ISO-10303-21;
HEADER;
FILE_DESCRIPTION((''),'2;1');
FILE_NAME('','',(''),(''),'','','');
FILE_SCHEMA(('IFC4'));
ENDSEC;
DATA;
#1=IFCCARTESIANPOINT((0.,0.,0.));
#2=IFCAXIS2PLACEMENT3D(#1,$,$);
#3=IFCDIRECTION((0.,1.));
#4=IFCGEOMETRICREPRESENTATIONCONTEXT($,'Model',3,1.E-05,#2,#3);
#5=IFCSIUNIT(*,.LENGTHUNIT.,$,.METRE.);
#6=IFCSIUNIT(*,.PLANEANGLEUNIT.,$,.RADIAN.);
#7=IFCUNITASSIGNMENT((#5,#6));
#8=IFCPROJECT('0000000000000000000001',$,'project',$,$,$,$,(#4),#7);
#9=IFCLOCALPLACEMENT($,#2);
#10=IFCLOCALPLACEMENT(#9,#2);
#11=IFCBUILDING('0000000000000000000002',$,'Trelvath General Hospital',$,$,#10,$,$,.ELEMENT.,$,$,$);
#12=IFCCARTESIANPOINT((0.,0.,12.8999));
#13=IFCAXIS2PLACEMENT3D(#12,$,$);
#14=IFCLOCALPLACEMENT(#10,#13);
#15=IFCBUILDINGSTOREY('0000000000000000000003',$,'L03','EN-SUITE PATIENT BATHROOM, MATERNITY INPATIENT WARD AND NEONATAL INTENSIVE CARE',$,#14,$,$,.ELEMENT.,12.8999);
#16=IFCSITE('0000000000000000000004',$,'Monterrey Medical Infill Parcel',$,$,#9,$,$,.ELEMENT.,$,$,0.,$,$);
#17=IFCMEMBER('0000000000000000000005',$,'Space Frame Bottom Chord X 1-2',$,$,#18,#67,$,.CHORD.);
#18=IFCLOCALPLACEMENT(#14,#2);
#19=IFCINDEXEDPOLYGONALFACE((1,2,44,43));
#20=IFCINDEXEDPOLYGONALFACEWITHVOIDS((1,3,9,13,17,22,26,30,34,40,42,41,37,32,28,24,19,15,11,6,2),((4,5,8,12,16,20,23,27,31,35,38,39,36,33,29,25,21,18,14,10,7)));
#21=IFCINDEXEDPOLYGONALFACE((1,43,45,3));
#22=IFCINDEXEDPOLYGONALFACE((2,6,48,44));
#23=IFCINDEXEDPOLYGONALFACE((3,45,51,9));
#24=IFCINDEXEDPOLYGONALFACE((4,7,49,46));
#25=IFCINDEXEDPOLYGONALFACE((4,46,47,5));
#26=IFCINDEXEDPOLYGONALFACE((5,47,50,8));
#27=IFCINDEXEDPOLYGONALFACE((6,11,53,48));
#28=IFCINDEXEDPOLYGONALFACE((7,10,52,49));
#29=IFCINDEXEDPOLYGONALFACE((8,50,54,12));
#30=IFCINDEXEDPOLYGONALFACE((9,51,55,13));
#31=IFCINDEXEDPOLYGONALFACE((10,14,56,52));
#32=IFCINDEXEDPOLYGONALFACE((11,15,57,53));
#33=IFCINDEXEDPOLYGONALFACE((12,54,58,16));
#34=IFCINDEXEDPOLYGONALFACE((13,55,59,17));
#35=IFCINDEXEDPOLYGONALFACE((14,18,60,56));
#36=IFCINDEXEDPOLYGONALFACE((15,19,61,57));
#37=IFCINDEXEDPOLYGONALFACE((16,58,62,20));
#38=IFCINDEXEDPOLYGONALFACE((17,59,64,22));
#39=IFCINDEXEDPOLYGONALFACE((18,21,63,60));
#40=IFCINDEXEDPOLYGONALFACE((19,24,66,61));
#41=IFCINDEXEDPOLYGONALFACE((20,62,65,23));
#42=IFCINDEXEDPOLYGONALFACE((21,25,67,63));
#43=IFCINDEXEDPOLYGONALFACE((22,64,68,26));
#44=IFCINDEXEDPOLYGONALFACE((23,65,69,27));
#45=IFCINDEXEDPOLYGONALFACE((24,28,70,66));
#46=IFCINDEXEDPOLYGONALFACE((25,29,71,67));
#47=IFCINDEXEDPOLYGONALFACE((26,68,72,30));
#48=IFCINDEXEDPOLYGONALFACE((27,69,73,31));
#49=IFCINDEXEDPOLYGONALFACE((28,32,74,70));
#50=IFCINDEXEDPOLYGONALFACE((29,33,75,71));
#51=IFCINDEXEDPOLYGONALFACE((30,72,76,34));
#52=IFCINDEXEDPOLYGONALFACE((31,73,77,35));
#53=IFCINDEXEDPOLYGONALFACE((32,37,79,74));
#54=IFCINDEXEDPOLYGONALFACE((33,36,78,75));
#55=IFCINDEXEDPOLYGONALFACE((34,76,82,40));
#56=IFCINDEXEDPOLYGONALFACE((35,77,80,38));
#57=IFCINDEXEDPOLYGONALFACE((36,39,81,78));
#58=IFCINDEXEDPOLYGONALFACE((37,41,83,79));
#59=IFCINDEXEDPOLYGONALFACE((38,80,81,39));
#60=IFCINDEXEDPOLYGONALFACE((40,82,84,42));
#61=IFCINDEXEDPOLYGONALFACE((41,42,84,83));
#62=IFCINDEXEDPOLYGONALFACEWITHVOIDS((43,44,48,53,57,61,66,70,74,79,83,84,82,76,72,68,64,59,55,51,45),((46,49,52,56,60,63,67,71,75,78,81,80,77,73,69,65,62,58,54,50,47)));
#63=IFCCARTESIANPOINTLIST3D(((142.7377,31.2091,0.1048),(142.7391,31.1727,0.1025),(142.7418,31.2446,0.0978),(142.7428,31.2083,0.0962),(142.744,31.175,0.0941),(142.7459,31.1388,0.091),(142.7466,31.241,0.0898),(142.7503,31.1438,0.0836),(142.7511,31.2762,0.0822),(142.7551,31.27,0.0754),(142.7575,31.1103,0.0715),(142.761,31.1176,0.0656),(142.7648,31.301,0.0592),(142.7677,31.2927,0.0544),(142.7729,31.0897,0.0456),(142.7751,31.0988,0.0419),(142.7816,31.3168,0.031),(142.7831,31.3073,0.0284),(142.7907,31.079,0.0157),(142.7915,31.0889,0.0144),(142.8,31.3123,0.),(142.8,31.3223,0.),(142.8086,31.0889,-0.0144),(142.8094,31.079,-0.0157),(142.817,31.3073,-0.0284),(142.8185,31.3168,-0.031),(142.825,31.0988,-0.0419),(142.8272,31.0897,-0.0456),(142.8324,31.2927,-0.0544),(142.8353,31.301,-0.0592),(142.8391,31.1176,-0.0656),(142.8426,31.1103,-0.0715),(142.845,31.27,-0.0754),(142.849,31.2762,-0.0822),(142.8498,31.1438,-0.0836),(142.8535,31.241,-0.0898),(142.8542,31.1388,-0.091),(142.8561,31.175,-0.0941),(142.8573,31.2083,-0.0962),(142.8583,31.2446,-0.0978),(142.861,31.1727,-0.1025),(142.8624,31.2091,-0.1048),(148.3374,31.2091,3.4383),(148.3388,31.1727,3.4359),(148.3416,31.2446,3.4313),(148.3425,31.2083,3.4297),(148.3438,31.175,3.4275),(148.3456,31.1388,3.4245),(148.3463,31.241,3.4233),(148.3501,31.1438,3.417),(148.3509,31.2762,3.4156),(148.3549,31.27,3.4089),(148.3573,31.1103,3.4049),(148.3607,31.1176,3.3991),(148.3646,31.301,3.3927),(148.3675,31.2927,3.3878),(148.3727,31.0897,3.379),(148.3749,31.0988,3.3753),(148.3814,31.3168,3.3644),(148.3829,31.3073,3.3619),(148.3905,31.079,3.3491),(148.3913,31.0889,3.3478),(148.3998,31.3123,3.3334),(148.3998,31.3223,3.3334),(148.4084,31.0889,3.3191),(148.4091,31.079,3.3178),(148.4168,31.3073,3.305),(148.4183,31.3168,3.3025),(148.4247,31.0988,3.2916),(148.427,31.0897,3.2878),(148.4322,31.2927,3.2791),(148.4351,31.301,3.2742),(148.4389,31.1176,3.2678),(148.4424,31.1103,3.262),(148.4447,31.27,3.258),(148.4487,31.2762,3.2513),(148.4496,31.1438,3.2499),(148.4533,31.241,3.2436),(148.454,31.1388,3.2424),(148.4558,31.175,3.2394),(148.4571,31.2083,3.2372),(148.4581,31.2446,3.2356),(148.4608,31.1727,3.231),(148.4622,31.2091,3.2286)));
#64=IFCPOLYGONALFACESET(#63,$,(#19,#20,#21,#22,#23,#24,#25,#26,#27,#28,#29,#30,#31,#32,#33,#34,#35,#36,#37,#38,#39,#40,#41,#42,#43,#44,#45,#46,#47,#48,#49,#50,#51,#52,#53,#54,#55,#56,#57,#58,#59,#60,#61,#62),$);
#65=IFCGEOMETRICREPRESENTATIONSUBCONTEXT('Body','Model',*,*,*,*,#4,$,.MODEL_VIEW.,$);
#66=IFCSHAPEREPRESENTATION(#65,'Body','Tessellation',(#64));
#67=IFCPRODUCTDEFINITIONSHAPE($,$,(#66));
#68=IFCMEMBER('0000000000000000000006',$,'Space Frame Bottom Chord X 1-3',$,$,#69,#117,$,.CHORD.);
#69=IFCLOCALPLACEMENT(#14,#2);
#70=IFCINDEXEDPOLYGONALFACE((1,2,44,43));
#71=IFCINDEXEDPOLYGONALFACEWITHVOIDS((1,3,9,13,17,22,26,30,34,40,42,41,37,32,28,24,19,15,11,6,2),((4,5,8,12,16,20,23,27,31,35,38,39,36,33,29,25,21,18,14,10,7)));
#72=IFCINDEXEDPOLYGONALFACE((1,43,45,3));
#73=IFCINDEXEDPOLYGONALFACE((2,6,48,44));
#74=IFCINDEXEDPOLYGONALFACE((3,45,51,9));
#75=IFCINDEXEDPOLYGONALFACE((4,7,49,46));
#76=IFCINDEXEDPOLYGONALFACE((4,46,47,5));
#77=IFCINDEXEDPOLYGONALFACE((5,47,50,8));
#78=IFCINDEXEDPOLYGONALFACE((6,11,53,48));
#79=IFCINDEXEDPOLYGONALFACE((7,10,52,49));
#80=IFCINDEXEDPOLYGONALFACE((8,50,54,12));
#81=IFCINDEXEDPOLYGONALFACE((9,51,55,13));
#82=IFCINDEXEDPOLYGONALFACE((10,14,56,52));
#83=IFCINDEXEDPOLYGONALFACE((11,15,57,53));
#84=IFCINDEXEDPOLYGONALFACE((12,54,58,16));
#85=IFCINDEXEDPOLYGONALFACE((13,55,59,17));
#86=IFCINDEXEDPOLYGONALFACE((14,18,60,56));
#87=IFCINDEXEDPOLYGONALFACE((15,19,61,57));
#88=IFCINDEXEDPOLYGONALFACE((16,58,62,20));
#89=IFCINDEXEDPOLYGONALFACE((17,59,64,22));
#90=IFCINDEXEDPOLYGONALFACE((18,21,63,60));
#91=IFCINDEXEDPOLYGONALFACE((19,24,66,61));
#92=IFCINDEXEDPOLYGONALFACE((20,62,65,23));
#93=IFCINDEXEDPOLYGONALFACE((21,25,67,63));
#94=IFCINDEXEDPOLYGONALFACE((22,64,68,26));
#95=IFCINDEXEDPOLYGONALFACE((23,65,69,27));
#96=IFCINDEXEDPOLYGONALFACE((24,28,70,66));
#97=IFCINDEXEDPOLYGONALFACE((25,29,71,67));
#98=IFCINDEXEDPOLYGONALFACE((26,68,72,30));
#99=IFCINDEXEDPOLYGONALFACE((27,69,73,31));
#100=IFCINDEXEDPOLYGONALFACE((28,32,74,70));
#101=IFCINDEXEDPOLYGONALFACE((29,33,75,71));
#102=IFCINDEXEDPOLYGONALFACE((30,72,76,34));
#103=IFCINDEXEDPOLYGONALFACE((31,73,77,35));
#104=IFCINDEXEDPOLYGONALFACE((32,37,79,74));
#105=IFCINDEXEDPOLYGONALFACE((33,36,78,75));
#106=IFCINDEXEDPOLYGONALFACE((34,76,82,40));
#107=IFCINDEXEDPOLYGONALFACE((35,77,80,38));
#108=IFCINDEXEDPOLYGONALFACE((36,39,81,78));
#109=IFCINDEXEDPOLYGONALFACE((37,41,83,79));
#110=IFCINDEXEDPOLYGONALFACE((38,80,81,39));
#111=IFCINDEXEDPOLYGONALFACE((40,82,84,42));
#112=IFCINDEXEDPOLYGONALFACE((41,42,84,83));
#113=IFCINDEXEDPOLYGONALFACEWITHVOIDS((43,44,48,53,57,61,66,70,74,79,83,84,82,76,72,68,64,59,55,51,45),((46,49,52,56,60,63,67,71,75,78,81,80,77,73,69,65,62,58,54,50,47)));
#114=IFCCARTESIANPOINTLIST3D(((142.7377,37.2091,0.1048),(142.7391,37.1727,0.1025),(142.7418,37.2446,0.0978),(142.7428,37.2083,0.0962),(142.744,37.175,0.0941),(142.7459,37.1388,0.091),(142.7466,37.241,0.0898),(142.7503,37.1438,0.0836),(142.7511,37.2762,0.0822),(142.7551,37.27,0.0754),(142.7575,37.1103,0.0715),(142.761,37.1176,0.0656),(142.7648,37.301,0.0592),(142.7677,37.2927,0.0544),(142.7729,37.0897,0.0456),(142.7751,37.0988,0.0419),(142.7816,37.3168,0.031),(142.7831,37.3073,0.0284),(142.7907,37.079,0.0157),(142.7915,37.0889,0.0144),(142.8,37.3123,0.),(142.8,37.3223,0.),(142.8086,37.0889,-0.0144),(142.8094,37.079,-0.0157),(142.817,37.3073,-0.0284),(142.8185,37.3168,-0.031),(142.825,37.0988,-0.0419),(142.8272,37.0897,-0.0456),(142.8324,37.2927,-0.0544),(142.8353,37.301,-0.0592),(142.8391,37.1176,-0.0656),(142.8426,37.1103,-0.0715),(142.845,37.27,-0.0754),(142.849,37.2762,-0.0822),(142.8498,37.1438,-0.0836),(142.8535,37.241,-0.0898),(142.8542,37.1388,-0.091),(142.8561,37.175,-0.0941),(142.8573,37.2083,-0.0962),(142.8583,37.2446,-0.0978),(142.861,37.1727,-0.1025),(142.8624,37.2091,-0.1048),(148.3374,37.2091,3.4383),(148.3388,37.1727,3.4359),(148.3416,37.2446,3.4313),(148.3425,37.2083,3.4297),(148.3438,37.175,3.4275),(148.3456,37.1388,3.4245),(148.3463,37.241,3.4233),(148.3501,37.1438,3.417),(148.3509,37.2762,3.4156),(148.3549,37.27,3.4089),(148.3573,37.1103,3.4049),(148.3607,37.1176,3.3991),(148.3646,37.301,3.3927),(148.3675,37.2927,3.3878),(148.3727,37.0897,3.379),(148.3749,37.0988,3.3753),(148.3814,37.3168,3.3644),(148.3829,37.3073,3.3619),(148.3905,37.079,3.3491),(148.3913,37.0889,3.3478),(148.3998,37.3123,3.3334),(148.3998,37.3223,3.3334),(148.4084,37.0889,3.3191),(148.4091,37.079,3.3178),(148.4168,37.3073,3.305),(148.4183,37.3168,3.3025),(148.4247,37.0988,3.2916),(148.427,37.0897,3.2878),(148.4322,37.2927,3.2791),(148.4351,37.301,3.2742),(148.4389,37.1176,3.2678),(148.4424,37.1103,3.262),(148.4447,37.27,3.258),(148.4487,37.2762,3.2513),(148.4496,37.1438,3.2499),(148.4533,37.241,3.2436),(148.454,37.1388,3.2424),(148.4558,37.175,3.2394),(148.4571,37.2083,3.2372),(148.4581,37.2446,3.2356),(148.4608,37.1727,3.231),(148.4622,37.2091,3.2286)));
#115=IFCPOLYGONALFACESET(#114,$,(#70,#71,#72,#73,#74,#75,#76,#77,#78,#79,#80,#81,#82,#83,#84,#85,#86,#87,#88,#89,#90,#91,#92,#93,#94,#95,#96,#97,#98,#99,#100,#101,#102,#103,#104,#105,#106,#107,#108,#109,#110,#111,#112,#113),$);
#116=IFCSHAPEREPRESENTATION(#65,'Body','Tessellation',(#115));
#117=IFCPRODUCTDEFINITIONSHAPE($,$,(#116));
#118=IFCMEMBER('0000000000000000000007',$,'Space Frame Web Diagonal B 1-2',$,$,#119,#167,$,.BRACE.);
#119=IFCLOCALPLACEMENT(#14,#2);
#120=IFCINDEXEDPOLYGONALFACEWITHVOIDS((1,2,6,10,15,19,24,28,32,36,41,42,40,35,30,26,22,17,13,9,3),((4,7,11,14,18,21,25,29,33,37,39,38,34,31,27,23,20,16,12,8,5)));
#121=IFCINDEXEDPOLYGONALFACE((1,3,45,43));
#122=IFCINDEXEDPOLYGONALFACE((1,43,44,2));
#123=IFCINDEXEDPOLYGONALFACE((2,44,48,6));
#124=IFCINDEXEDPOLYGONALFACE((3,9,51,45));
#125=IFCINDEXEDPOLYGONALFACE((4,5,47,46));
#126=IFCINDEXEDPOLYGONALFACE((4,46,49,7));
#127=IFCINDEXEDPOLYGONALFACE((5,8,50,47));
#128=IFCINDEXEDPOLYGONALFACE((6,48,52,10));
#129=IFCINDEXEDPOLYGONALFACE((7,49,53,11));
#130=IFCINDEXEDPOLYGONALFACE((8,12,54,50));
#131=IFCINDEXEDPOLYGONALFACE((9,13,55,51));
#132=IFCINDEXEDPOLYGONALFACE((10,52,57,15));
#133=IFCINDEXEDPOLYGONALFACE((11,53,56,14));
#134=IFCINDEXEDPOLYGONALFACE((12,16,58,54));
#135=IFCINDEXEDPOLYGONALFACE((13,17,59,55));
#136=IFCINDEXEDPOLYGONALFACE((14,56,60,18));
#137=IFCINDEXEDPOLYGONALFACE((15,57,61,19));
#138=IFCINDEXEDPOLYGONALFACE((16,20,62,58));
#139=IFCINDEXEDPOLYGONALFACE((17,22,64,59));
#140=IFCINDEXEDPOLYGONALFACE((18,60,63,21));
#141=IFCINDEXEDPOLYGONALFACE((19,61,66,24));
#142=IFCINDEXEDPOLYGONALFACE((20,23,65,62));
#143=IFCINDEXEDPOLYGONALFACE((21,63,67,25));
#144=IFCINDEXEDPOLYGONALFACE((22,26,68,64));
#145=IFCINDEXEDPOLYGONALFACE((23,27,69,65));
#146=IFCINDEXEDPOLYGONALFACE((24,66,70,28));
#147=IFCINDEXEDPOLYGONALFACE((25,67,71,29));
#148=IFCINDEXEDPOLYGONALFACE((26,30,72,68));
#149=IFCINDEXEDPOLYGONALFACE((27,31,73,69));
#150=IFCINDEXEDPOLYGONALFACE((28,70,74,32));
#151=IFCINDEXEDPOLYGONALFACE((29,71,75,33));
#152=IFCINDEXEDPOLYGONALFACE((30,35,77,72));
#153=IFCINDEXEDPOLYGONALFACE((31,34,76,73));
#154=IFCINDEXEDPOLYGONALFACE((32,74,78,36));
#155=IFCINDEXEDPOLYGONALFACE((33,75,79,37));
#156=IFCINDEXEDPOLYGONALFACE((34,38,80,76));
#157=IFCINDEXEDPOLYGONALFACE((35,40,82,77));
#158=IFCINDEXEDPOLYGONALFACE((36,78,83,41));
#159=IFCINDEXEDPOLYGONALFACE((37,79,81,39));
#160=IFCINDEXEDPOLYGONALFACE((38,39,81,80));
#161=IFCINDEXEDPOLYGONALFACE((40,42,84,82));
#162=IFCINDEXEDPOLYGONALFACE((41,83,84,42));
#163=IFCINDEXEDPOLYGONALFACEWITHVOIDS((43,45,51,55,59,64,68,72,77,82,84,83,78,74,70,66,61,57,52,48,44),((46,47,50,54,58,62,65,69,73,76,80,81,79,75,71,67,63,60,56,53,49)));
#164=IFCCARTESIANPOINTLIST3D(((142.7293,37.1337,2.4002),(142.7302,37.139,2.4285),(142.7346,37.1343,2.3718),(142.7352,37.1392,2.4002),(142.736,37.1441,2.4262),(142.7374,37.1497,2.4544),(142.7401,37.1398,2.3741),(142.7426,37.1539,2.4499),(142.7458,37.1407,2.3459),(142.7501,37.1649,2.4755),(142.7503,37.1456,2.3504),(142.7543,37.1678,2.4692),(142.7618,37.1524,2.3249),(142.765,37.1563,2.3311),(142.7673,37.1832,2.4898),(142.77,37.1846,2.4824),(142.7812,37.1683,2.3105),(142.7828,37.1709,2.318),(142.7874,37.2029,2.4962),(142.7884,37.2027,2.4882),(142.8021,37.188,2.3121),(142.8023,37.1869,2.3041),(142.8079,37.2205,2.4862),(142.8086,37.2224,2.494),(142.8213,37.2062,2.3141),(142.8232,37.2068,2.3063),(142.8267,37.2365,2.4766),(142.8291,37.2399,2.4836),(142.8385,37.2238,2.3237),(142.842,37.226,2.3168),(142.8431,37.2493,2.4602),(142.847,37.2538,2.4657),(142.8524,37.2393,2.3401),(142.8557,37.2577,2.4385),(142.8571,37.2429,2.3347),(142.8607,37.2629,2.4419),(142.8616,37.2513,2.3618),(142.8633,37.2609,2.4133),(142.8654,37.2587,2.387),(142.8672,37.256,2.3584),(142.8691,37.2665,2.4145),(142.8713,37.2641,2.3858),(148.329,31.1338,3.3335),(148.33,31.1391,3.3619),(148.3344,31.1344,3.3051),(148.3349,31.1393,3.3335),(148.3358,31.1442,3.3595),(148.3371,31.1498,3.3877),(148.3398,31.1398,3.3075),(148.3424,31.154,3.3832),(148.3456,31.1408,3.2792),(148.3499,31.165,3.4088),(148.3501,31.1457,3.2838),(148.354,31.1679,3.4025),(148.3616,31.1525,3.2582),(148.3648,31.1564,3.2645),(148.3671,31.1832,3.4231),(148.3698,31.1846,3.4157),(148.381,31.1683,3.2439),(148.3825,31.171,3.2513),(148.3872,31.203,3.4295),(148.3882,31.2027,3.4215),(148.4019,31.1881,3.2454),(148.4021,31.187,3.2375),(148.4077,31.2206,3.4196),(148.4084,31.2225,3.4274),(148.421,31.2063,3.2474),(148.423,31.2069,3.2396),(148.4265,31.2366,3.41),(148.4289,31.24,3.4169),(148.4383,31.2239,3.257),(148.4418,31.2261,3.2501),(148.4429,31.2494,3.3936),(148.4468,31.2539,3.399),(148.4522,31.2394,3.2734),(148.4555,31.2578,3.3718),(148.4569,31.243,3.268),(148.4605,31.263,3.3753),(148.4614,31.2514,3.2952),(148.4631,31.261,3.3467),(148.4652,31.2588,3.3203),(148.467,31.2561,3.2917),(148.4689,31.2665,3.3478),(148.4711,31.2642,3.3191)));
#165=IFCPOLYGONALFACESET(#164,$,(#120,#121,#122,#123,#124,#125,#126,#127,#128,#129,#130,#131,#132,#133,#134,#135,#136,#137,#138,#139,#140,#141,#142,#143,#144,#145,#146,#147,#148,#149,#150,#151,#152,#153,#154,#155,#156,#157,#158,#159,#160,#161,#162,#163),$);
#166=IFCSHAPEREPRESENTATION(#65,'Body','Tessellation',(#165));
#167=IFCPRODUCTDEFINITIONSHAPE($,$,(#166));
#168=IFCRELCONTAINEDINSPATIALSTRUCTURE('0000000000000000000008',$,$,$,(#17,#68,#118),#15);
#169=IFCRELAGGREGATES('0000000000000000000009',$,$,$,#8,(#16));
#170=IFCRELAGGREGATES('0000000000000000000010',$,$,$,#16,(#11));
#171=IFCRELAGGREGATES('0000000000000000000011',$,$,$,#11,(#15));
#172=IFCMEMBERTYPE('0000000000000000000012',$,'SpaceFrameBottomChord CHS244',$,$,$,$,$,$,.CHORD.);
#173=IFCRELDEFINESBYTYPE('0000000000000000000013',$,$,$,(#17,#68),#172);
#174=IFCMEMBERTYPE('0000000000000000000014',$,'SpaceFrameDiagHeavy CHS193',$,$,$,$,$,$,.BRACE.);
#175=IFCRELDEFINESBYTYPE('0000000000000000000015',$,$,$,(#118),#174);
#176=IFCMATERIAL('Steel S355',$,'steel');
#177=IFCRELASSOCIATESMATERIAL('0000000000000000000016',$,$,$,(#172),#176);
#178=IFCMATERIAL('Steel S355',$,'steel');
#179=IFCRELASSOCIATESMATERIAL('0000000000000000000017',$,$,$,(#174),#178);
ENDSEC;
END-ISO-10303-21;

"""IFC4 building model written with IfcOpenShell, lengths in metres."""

from ifc_helpers import new_model, si_unit, direction, frame, origin, origin_2d, place, context, subcontext, project, spatial, hollow_circle, extrude, material, material_profile, profile_set, type_object, element, save


model = new_model("IFC4")

# Units and contexts
model_context = context("Model", 3, precision=1e-05, world=origin(), true_north=direction((0.0, 1.0)))
body_context = subcontext(model_context, "Body", "Model", "MODEL_VIEW")
ifc_project = project(units=[si_unit("LENGTHUNIT", "METRE"), si_unit("PLANEANGLEUNIT", "RADIAN")], contexts=[model_context])

# Site, building, storey
site_placement = place(None, origin())
site = spatial("IfcSite", under=ifc_project, at=site_placement, Name="Monterrey Medical Infill Parcel", CompositionType="ELEMENT", RefElevation=0.0)
building_placement = place(site_placement, origin())
building = spatial("IfcBuilding", under=site, at=building_placement, Name="Trelvath General Hospital", CompositionType="ELEMENT")
storey_placement = place(building_placement, frame((0.0, 0.0, 12.8999)))
storey = spatial("IfcBuildingStorey", under=building, at=storey_placement, Name="L03", Description="EN-SUITE PATIENT BATHROOM, MATERNITY INPATIENT WARD AND NEONATAL INTENSIVE CARE", CompositionType="ELEMENT", Elevation=12.8999)

# Members
ifc_material_1 = material(Name="Steel S355", Category="steel")
ifc_material_profile_1 = material_profile(ifc_material_1, hollow_circle(Radius=0.1223, WallThickness=0.01, at=origin_2d()), Name="CHS244.5x10.0")
ifc_profile_set_1 = profile_set([ifc_material_profile_1], Name="Steel S355")
member_type_1 = type_object("IfcMemberType", Name="SpaceFrameBottomChord CHS244", PredefinedType="CHORD", material=ifc_profile_set_1)
for number, where, z_axis, x_axis, name in (
    (1, (142.8, 31.2, 0.0), (0.859276, 0.0, 0.511512), (0.0, 1.0, 0.0), "Space Frame Bottom Chord X 1-2"),
    (2, (142.8, 37.2, 0.0), (0.859276, 0.0, 0.511512), (0.0, 1.0, 0.0), "Space Frame Bottom Chord X 1-3"),
):
    element("IfcMember", number, at=place(storey_placement, frame(where, z_axis=z_axis, x_axis=x_axis)), inside=storey, type_object=member_type_1, Name=name, PredefinedType="CHORD", context=body_context, shape_type="SweptSolid", body=[
        extrude(hollow_circle(Radius=0.1223, WallThickness=0.01, at=origin_2d()), origin(), (0.0, 0.0, 1.0), 6.5168),
    ])
ifc_material_2 = material(Name="Steel S355", Category="steel")
ifc_material_profile_2 = material_profile(ifc_material_2, hollow_circle(Radius=0.0969, WallThickness=0.0081, at=origin_2d()), Name="CHS193.7x8.0")
ifc_profile_set_2 = profile_set([ifc_material_profile_2], Name="Steel S355")
member_type_2 = type_object("IfcMemberType", Name="SpaceFrameDiagHeavy CHS193", PredefinedType="BRACE", material=ifc_profile_set_2)
member_placement = place(storey_placement, frame((148.3999, 31.2, 3.3335), z_axis=(-0.677939, 0.726382, -0.112995), x_axis=(-0.731064, -0.682309, 0.0)))
element("IfcMember", 3, at=member_placement, inside=storey, type_object=member_type_2, Name="Space Frame Web Diagonal B 1-2", PredefinedType="BRACE", context=body_context, shape_type="SweptSolid", body=[
    extrude(hollow_circle(Radius=0.0969, WallThickness=0.0081, at=origin_2d()), origin(), (0.0, 0.0, 1.0), 8.26),
])

save(model, "model.ifc")
